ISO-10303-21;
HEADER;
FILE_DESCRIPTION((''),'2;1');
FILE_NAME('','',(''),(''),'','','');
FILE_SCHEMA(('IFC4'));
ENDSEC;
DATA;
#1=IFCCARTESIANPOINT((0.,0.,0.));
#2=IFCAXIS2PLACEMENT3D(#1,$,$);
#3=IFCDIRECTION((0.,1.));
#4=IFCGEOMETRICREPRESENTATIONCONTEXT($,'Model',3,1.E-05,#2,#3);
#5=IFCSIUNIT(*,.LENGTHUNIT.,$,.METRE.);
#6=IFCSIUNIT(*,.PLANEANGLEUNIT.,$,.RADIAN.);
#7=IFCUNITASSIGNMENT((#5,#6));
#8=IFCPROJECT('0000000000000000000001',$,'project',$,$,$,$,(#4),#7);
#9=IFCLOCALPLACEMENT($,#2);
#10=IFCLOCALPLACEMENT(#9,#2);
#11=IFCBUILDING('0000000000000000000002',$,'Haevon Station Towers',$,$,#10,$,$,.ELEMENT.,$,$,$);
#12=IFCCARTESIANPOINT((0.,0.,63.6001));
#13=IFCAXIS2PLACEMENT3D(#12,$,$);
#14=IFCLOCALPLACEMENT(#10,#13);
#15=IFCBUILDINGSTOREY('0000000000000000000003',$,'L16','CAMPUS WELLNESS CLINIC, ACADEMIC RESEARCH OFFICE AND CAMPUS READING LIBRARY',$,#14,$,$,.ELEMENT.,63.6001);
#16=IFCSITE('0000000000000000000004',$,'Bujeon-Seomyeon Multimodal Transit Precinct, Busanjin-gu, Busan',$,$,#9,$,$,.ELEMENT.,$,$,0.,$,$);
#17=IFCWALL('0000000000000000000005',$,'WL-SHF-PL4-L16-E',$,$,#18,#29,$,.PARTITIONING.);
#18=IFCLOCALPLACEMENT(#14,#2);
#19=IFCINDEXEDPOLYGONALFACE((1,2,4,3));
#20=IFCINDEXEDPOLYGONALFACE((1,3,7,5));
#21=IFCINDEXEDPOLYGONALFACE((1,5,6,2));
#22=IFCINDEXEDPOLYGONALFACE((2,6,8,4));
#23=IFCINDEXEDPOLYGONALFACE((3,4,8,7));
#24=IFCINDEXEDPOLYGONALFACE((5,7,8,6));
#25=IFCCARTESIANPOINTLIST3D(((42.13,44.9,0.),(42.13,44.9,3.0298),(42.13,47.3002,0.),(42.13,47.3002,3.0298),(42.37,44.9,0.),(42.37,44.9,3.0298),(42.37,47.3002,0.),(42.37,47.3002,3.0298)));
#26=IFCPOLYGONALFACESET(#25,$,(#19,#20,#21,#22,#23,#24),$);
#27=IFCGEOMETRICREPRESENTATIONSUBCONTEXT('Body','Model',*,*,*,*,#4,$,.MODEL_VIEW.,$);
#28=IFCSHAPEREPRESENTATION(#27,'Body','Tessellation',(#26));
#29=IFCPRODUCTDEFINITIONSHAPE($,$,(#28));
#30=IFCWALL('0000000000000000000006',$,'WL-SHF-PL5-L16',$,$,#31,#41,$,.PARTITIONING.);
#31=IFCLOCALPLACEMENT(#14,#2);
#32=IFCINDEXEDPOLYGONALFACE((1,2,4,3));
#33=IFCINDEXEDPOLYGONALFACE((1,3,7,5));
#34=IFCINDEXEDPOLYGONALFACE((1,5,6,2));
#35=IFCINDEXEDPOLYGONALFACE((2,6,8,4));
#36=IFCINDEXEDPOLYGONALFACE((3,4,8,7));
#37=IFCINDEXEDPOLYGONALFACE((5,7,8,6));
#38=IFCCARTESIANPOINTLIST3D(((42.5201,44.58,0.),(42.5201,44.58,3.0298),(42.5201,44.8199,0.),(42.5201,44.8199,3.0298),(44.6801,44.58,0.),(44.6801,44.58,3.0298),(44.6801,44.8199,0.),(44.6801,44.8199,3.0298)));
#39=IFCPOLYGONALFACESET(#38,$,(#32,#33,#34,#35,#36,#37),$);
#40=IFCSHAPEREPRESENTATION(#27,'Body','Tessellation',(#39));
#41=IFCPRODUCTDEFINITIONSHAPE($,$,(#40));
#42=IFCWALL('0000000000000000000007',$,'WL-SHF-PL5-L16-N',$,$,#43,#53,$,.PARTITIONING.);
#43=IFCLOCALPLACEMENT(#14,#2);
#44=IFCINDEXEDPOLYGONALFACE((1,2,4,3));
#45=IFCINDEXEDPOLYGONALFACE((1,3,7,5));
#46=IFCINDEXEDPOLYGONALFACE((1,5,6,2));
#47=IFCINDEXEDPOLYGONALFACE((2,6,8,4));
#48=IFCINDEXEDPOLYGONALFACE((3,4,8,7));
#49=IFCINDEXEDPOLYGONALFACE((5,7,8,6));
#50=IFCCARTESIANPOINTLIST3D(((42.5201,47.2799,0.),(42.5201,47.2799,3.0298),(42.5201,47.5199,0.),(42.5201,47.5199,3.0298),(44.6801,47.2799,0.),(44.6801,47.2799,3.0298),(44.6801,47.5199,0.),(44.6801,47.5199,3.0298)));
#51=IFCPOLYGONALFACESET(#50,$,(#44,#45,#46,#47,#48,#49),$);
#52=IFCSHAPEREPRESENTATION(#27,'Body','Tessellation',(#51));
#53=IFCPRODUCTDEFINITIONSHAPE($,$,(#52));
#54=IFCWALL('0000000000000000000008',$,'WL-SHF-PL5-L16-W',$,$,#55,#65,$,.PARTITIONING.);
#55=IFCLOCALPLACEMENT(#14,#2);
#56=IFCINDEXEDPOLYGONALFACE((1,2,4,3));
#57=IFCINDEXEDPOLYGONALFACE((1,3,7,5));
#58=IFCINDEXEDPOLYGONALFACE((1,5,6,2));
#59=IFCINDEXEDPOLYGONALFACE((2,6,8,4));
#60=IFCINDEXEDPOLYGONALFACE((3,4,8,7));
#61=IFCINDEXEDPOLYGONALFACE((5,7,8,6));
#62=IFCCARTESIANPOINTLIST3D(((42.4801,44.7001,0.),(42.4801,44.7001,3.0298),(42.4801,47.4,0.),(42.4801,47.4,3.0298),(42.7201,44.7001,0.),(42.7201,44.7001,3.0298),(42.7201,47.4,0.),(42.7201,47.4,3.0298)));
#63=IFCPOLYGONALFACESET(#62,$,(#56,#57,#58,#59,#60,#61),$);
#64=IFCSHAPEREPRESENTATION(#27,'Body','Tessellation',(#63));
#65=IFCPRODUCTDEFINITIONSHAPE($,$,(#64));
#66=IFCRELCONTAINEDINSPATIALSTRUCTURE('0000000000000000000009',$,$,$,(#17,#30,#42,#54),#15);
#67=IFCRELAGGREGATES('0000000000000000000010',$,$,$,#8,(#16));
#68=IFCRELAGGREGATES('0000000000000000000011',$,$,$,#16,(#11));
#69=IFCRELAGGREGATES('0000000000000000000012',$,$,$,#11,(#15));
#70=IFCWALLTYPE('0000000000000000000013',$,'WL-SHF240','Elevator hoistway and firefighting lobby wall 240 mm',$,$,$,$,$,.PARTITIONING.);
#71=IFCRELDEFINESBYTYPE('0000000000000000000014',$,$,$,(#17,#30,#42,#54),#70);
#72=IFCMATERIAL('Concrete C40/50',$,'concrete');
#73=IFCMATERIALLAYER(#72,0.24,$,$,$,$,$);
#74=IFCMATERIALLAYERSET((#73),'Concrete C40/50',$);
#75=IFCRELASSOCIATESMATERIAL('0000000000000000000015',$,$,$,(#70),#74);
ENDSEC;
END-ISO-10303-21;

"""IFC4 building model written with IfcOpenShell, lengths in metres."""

from ifc_helpers import new_model, si_unit, direction, frame, frame_2d, origin, place, context, subcontext, project, spatial, rectangle, extrude, material, layer, layer_set, type_object, element, save


model = new_model("IFC4")

# Units and contexts
model_context = context("Model", 3, precision=1e-05, world=origin(), true_north=direction((0.0, 1.0)))
body_context = subcontext(model_context, "Body", "Model", "MODEL_VIEW")
ifc_project = project(units=[si_unit("LENGTHUNIT", "METRE"), si_unit("PLANEANGLEUNIT", "RADIAN")], contexts=[model_context])

# Site, building, storey
site_placement = place(None, origin())
site = spatial("IfcSite", under=ifc_project, at=site_placement, Name="Bujeon-Seomyeon Multimodal Transit Precinct, Busanjin-gu, Busan", CompositionType="ELEMENT", RefElevation=0.0)
building_placement = place(site_placement, origin())
building = spatial("IfcBuilding", under=site, at=building_placement, Name="Haevon Station Towers", CompositionType="ELEMENT")
storey_placement = place(building_placement, frame((0.0, 0.0, 63.6001)))
storey = spatial("IfcBuildingStorey", under=building, at=storey_placement, Name="L16", Description="CAMPUS WELLNESS CLINIC, ACADEMIC RESEARCH OFFICE AND CAMPUS READING LIBRARY", CompositionType="ELEMENT", Elevation=63.6001)

# Shared definitions
ifc_material_1 = material(Name="Concrete C40/50", Category="concrete")
ifc_layer_1 = layer(ifc_material_1, 0.24)
ifc_layer_set_1 = layer_set([ifc_layer_1], Name="Concrete C40/50")
wall_type_1 = type_object("IfcWallType", Name="WL-SHF240", Description="Elevator hoistway and firefighting lobby wall 240 mm", PredefinedType="PARTITIONING", material=ifc_layer_set_1)

# Walls
wall_1_placement = place(storey_placement, frame((42.25, 44.8999, 0.0), z_axis=(0.0, 0.0, 1.0), x_axis=(0.0, 1.0, 0.0)))
element("IfcWall", 1, at=wall_1_placement, inside=storey, type_object=wall_type_1, Name="WL-SHF-PL4-L16-E", PredefinedType="PARTITIONING", context=body_context, shape_type="SweptSolid", body=[
    extrude(rectangle(XDim=2.4001, YDim=0.24, at=frame_2d((1.2002, 0.0))), origin(), (0.0, 0.0, 1.0), 3.0298),
])
for number, where, z_axis, x_axis, name in (
    (2, (42.52, 44.7, 0.0), (0.0, 0.0, 1.0), (1.0, 0.0, 0.0), "WL-SHF-PL5-L16"),
    (3, (42.52, 47.3999, 0.0), (0.0, 0.0, 1.0), (1.0, 0.0, 0.0), "WL-SHF-PL5-L16-N"),
):
    element("IfcWall", number, at=place(storey_placement, frame(where, z_axis=z_axis, x_axis=x_axis)), inside=storey, type_object=wall_type_1, Name=name, PredefinedType="PARTITIONING", context=body_context, shape_type="SweptSolid", body=[
        extrude(rectangle(XDim=2.1599, YDim=0.24, at=frame_2d((1.0801, 0.0))), origin(), (0.0, 0.0, 1.0), 3.0298),
    ])
wall_2_placement = place(storey_placement, frame((42.6001, 44.7, 0.0), z_axis=(0.0, 0.0, 1.0), x_axis=(0.0, 1.0, 0.0)))
element("IfcWall", 4, at=wall_2_placement, inside=storey, type_object=wall_type_1, Name="WL-SHF-PL5-L16-W", PredefinedType="PARTITIONING", context=body_context, shape_type="SweptSolid", body=[
    extrude(rectangle(XDim=2.7, YDim=0.24, at=frame_2d((1.3501, 0.0))), origin(), (0.0, 0.0, 1.0), 3.0298),
])

save(model, "model.ifc")
